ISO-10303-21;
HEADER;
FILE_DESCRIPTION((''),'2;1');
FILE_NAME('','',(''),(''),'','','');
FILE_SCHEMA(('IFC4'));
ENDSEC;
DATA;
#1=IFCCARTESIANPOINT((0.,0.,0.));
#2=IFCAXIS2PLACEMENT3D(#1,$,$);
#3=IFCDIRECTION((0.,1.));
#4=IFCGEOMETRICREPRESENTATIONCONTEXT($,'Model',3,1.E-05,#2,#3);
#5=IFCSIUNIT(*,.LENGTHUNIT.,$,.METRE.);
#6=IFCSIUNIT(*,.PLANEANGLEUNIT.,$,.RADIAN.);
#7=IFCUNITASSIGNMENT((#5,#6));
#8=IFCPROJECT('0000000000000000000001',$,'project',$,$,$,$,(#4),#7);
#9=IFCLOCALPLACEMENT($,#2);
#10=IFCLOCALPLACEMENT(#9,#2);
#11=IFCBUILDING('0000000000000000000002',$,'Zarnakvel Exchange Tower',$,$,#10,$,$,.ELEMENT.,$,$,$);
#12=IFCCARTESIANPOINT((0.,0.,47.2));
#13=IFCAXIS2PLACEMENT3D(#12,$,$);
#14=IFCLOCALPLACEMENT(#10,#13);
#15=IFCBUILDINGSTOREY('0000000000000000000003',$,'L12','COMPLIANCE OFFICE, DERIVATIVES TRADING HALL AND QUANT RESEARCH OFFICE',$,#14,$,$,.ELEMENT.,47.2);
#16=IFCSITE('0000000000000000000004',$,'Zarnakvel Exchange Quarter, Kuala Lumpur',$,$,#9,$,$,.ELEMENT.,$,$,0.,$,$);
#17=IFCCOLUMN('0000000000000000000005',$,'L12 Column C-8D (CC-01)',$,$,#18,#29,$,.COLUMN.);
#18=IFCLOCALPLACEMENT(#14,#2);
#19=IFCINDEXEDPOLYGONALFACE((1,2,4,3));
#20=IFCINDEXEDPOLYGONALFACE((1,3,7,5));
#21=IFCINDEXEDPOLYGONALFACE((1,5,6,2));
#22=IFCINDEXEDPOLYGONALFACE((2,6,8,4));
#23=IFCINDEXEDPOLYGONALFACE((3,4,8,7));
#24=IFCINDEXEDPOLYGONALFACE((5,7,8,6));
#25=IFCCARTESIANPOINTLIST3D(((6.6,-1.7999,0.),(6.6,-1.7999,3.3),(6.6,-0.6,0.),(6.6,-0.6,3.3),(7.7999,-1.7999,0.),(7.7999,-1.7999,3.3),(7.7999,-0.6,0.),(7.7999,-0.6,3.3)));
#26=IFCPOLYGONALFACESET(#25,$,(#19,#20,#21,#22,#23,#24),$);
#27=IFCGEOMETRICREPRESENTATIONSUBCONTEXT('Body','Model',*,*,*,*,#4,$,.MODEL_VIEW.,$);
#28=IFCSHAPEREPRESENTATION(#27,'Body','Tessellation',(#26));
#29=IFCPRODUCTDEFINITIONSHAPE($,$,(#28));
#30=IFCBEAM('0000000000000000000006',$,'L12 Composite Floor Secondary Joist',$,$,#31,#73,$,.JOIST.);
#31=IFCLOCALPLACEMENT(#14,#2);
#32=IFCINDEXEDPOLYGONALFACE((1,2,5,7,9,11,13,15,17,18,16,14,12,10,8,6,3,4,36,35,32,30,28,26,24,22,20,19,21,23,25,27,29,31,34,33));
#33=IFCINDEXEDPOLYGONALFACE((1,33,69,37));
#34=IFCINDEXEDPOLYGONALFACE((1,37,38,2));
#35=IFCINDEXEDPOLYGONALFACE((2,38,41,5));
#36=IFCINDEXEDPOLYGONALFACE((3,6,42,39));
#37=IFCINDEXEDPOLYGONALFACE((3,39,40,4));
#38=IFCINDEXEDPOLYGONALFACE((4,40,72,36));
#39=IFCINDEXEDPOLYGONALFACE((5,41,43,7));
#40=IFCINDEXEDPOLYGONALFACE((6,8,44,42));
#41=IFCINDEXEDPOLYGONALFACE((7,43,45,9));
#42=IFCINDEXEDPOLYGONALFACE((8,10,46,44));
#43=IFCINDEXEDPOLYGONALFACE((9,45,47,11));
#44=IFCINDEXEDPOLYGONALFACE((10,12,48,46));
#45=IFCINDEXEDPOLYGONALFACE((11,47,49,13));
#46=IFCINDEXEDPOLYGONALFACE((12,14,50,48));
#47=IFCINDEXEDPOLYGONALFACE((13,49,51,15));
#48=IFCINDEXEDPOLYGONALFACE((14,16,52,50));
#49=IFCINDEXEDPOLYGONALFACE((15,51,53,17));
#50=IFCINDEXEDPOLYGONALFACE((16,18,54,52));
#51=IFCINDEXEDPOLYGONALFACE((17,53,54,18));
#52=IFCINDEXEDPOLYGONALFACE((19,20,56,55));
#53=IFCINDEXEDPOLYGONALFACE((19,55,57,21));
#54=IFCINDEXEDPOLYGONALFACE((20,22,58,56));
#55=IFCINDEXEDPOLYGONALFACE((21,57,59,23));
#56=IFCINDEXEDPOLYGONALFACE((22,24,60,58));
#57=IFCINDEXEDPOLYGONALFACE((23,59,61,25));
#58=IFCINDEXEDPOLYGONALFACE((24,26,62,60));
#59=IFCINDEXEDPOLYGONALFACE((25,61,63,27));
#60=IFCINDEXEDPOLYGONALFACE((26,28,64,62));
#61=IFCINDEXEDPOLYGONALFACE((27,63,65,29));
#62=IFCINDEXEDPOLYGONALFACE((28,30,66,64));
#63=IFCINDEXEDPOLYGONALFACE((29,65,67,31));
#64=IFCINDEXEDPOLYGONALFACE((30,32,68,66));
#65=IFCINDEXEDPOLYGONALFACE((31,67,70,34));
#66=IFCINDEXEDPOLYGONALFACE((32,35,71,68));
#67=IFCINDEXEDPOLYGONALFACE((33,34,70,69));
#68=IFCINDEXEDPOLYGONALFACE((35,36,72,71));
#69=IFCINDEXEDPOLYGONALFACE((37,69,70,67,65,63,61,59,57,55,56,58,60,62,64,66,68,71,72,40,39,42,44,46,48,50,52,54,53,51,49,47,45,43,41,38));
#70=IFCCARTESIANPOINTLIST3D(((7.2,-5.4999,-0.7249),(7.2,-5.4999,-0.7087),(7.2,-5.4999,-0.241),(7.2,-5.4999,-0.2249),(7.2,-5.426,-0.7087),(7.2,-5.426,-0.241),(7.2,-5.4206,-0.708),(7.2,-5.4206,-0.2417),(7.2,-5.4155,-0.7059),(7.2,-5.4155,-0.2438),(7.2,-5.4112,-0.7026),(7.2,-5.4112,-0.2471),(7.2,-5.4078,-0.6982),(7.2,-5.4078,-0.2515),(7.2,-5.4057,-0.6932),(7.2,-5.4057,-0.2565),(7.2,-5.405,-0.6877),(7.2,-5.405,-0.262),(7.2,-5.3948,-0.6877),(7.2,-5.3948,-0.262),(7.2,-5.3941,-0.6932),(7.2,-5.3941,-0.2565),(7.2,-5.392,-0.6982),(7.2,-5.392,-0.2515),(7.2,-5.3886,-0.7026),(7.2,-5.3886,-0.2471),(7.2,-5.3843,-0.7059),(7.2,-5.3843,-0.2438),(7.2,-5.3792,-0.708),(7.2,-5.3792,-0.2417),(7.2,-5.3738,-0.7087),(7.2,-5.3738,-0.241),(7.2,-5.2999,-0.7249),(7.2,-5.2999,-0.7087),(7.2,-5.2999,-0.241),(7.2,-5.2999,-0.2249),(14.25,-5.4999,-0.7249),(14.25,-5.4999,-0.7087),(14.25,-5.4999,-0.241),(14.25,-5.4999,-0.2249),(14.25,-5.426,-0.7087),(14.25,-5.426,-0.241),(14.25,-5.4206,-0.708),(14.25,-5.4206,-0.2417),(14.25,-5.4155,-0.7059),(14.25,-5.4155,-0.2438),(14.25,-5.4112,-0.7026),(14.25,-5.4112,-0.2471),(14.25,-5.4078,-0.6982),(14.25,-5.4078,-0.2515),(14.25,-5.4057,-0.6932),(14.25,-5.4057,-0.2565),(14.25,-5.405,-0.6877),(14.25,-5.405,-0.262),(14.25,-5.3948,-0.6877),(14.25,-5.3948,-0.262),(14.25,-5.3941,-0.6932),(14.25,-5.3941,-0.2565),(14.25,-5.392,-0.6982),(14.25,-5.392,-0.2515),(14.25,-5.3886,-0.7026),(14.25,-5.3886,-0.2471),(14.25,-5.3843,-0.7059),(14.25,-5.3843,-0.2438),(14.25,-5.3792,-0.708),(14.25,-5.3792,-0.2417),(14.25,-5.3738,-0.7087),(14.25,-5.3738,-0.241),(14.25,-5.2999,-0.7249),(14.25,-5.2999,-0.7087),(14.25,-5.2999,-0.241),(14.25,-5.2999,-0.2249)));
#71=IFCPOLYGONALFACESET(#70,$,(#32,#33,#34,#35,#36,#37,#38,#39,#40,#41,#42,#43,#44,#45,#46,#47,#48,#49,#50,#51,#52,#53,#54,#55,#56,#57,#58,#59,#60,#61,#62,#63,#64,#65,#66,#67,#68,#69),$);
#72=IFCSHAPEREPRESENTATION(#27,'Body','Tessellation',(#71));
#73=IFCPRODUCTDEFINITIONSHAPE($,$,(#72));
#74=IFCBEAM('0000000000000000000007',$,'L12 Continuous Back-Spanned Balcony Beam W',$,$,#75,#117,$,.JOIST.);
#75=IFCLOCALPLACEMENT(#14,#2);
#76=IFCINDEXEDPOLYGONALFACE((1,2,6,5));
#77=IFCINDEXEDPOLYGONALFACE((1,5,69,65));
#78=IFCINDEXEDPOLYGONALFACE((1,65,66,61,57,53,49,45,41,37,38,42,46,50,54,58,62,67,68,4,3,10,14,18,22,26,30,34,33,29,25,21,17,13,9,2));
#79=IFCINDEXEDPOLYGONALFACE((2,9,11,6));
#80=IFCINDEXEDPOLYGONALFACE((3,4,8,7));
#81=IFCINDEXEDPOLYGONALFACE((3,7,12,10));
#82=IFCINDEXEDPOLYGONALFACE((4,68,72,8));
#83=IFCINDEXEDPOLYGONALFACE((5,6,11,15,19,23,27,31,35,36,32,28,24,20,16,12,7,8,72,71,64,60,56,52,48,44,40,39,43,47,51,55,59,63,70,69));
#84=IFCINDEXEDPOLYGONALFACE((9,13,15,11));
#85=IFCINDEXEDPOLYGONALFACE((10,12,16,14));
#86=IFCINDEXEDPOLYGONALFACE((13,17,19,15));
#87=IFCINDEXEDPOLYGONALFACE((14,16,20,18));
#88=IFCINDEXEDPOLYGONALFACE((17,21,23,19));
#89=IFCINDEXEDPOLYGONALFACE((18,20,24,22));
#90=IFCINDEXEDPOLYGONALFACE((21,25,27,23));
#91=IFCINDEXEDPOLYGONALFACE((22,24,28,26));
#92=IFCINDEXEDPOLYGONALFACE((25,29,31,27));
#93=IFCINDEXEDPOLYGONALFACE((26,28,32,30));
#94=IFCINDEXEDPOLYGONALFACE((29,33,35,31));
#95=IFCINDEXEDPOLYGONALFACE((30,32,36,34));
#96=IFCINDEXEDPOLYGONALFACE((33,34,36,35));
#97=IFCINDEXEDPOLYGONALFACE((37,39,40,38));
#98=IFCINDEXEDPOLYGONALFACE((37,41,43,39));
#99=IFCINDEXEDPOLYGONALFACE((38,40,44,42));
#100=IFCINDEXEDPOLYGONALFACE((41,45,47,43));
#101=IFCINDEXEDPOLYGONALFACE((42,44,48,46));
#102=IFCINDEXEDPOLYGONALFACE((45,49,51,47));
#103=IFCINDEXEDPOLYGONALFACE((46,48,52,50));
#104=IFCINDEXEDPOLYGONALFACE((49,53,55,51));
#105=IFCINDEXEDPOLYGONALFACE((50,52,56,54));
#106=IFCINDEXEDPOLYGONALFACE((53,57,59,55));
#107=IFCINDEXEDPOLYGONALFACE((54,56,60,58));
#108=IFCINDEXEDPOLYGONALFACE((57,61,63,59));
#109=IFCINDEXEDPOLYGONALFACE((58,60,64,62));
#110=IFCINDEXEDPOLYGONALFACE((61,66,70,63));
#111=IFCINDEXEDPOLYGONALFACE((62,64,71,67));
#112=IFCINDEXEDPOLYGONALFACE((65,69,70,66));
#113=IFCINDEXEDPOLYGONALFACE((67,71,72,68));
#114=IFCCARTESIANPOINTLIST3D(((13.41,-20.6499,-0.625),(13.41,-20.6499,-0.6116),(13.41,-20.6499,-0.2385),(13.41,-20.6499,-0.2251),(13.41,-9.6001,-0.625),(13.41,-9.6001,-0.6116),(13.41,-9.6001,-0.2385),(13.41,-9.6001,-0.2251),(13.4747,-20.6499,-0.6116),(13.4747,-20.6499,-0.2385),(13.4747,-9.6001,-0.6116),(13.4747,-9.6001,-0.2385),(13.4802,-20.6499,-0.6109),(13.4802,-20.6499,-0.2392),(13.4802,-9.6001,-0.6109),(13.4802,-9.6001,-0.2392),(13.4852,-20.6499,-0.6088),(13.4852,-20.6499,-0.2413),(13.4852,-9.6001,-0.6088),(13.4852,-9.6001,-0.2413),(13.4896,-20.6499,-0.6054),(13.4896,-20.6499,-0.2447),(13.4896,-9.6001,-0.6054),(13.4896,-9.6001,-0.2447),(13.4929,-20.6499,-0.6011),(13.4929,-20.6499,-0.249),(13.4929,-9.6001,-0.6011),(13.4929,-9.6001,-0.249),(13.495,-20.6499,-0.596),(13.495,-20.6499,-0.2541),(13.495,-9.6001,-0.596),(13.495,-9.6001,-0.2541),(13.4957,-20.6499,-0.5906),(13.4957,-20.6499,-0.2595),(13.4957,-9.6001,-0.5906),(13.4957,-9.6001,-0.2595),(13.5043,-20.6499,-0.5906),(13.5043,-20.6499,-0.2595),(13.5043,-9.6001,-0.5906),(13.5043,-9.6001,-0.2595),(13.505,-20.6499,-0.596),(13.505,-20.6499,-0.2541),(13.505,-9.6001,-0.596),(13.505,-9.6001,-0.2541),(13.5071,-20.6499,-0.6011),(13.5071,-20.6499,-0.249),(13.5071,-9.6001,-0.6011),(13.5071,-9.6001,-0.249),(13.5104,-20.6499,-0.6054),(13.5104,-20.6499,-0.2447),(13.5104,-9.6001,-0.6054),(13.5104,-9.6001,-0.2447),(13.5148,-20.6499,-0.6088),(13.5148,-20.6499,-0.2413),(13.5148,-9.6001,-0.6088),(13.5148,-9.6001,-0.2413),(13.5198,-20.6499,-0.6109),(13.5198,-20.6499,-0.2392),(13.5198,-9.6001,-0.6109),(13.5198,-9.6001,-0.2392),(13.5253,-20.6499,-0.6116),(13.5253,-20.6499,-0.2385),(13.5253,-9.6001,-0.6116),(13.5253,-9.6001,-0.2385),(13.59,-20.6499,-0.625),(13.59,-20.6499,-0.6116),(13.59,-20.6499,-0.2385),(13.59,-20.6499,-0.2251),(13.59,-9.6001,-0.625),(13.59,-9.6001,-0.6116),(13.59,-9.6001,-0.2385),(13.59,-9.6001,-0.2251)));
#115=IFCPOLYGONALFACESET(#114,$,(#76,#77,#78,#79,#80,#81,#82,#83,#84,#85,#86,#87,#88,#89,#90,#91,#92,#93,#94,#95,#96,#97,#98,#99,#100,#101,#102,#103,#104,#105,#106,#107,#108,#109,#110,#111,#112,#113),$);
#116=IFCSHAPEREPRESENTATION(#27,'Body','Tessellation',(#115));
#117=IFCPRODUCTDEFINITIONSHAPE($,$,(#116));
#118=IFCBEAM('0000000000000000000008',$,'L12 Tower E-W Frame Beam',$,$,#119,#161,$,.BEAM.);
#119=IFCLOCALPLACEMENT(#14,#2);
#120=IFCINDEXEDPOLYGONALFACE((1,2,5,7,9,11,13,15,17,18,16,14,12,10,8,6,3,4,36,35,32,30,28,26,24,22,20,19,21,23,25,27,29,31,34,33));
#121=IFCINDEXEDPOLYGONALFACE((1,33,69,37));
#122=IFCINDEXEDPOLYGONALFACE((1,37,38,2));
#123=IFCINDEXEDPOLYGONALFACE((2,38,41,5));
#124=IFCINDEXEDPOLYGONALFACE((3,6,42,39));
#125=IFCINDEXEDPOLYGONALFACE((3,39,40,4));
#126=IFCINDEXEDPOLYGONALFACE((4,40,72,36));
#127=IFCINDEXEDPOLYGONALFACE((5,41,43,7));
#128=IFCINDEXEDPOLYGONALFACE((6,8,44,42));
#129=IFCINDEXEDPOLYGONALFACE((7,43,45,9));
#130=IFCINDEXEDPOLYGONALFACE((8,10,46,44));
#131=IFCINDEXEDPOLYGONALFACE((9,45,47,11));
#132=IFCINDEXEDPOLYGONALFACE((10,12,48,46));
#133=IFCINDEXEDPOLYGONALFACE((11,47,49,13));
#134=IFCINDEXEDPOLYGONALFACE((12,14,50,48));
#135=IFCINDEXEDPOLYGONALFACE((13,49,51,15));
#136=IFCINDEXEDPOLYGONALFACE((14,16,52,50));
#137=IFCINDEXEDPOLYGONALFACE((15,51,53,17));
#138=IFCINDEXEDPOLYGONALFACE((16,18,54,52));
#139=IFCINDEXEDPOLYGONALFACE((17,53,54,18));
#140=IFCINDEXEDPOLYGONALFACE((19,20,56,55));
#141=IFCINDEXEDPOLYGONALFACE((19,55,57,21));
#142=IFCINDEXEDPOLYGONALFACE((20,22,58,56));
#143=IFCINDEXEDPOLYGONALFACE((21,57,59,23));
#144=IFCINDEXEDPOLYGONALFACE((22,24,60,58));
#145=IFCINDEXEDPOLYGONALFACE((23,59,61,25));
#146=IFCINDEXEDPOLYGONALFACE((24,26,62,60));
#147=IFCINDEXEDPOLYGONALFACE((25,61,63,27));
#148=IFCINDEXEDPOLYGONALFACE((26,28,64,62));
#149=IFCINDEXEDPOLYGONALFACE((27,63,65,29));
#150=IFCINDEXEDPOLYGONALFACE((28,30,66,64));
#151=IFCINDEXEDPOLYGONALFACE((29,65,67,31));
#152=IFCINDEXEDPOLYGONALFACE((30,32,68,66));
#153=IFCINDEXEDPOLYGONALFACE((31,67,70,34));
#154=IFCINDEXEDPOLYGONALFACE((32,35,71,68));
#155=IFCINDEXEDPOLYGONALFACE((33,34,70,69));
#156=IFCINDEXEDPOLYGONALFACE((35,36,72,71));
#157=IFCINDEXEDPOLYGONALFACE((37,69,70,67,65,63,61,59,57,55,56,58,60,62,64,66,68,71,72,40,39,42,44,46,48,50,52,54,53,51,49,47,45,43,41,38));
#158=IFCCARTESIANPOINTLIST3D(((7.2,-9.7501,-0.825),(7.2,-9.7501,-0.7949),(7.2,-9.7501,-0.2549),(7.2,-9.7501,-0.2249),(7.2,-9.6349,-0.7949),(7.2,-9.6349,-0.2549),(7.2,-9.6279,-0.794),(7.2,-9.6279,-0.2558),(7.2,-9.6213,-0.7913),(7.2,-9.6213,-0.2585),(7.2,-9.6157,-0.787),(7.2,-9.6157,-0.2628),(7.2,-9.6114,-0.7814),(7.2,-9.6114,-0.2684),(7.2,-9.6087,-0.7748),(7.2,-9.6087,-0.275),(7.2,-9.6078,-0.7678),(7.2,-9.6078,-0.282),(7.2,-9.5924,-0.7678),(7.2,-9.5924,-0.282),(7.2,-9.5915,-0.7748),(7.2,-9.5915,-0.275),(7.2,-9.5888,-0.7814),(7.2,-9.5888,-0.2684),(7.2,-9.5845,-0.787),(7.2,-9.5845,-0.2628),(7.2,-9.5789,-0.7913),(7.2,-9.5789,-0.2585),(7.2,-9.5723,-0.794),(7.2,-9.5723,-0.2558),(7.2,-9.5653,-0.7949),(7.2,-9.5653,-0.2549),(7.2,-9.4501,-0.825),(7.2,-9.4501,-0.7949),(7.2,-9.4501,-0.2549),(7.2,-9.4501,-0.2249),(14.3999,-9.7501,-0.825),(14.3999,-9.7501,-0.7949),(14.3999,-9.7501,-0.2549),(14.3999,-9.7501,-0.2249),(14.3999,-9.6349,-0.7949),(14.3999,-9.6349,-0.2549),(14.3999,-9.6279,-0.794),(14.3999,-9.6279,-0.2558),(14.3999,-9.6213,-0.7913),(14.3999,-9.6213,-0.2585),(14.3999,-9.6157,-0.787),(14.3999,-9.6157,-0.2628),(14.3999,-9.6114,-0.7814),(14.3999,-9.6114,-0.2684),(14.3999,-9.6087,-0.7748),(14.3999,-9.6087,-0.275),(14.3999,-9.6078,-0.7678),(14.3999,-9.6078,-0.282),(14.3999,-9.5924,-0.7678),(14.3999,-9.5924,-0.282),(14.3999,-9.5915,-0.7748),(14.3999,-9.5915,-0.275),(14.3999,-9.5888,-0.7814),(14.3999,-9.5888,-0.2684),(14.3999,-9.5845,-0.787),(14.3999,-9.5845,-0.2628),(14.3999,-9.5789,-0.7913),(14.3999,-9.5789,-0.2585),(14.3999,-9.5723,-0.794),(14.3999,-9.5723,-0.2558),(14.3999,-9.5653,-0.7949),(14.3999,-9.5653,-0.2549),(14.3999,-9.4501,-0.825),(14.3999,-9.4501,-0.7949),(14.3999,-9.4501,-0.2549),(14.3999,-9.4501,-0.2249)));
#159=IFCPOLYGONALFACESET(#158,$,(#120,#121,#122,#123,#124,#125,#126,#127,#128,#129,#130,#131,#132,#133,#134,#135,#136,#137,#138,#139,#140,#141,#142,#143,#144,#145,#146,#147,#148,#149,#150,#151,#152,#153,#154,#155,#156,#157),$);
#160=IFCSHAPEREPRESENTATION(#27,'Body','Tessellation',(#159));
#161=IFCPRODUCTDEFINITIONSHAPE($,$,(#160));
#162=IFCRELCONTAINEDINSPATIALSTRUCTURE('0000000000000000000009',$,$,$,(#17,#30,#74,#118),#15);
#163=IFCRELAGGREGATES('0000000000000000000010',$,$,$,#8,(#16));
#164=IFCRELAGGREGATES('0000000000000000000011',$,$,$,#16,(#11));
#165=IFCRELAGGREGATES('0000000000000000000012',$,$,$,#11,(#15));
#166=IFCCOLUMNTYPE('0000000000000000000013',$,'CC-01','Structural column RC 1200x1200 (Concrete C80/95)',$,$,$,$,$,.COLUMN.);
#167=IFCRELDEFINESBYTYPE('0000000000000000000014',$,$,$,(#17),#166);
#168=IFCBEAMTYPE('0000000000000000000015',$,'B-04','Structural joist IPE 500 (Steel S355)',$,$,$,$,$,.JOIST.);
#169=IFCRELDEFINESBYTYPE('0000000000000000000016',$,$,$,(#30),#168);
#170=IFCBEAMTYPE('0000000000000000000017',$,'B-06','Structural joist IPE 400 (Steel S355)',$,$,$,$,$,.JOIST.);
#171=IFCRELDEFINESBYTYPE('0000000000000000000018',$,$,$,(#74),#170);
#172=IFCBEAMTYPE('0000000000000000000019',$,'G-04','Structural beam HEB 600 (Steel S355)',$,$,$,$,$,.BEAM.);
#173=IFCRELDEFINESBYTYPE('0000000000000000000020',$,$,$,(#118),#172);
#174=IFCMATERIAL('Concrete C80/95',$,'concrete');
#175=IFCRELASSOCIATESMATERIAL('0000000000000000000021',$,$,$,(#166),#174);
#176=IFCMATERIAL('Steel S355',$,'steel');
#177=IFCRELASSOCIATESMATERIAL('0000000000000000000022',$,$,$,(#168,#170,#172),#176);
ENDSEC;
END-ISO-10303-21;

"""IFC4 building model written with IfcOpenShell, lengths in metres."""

from ifc_helpers import new_model, si_unit, direction, frame, origin, origin_2d, place, context, subcontext, project, spatial, rectangle, i_section, extrude, material, material_profile, profile_set, type_object, element, save


model = new_model("IFC4")

# Units and contexts
model_context = context("Model", 3, precision=1e-05, world=origin(), true_north=direction((0.0, 1.0)))
body_context = subcontext(model_context, "Body", "Model", "MODEL_VIEW")
ifc_project = project(units=[si_unit("LENGTHUNIT", "METRE"), si_unit("PLANEANGLEUNIT", "RADIAN")], contexts=[model_context])

# Site, building, storey
site_placement = place(None, origin())
site = spatial("IfcSite", under=ifc_project, at=site_placement, Name="Zarnakvel Exchange Quarter, Kuala Lumpur", CompositionType="ELEMENT", RefElevation=0.0)
building_placement = place(site_placement, origin())
building = spatial("IfcBuilding", under=site, at=building_placement, Name="Zarnakvel Exchange Tower", CompositionType="ELEMENT")
storey_placement = place(building_placement, frame((0.0, 0.0, 47.2)))
storey = spatial("IfcBuildingStorey", under=building, at=storey_placement, Name="L12", Description="COMPLIANCE OFFICE, DERIVATIVES TRADING HALL AND QUANT RESEARCH OFFICE", CompositionType="ELEMENT", Elevation=47.2)

# Column
ifc_material_1 = material(Name="Concrete C80/95", Category="concrete")
ifc_material_profile_1 = material_profile(ifc_material_1, rectangle(XDim=1.2, YDim=1.2, at=origin_2d()))
ifc_profile_set_1 = profile_set([ifc_material_profile_1], Name="Concrete C80/95")
column_type = type_object("IfcColumnType", Name="CC-01", Description="Structural column RC 1200x1200 (Concrete C80/95)", PredefinedType="COLUMN", material=ifc_profile_set_1)
column_placement = place(storey_placement, frame((7.2, -1.2, 0.0), z_axis=(0.0, 0.0, 1.0), x_axis=(1.0, 0.0, 0.0)))
element("IfcColumn", 1, at=column_placement, inside=storey, type_object=column_type, Name="L12 Column C-8D (CC-01)", PredefinedType="COLUMN", context=body_context, shape_type="SweptSolid", body=[
    extrude(rectangle(XDim=1.2, YDim=1.2, at=origin_2d()), origin(), (0.0, 0.0, 1.0), 3.3),
])

# Beams
ifc_material_2 = material(Name="Steel S355", Category="steel")
ifc_material_profile_2 = material_profile(ifc_material_2, i_section(OverallWidth=0.2, OverallDepth=0.5, WebThickness=0.0103, FlangeThickness=0.0161, FilletRadius=0.021, at=origin_2d()))
ifc_profile_set_2 = profile_set([ifc_material_profile_2], Name="Steel S355")
beam_type_1 = type_object("IfcBeamType", Name="B-04", Description="Structural joist IPE 500 (Steel S355)", PredefinedType="JOIST", material=ifc_profile_set_2)
beam_1_placement = place(storey_placement, frame((7.2, -5.3999, -0.4749), z_axis=(1.0, 0.0, 0.0), x_axis=(0.0, 1.0, 0.0)))
element("IfcBeam", 2, at=beam_1_placement, inside=storey, type_object=beam_type_1, Name="L12 Composite Floor Secondary Joist", PredefinedType="JOIST", context=body_context, shape_type="SweptSolid", body=[
    extrude(i_section(OverallWidth=0.2, OverallDepth=0.5, WebThickness=0.0103, FlangeThickness=0.0161, FilletRadius=0.021, at=origin_2d()), origin(), (0.0, 0.0, 1.0), 7.05),
])
ifc_material_profile_3 = material_profile(ifc_material_2, i_section(OverallWidth=0.1799, OverallDepth=0.3999, WebThickness=0.0085, FlangeThickness=0.0134, FilletRadius=0.021, at=origin_2d()))
ifc_profile_set_3 = profile_set([ifc_material_profile_3], Name="Steel S355")
beam_type_2 = type_object("IfcBeamType", Name="B-06", Description="Structural joist IPE 400 (Steel S355)", PredefinedType="JOIST", material=ifc_profile_set_3)
beam_2_placement = place(storey_placement, frame((13.5, -9.6001, -0.425), z_axis=(0.0, -1.0, 0.0), x_axis=(1.0, 0.0, 0.0)))
element("IfcBeam", 3, at=beam_2_placement, inside=storey, type_object=beam_type_2, Name="L12 Continuous Back-Spanned Balcony Beam W", PredefinedType="JOIST", context=body_context, shape_type="SweptSolid", body=[
    extrude(i_section(OverallWidth=0.1799, OverallDepth=0.3999, WebThickness=0.0085, FlangeThickness=0.0134, FilletRadius=0.021, at=origin_2d()), origin(), (0.0, 0.0, 1.0), 11.0498),
])
ifc_material_profile_4 = material_profile(ifc_material_2, i_section(OverallWidth=0.3, OverallDepth=0.6001, WebThickness=0.0154, FlangeThickness=0.03, FilletRadius=0.0271, at=origin_2d()))
ifc_profile_set_4 = profile_set([ifc_material_profile_4], Name="Steel S355")
beam_type_3 = type_object("IfcBeamType", Name="G-04", Description="Structural beam HEB 600 (Steel S355)", PredefinedType="BEAM", material=ifc_profile_set_4)
beam_3_placement = place(storey_placement, frame((7.2, -9.6001, -0.5249), z_axis=(1.0, 0.0, 0.0), x_axis=(0.0, 1.0, 0.0)))
element("IfcBeam", 4, at=beam_3_placement, inside=storey, type_object=beam_type_3, Name="L12 Tower E-W Frame Beam", PredefinedType="BEAM", context=body_context, shape_type="SweptSolid", body=[
    extrude(i_section(OverallWidth=0.3, OverallDepth=0.6001, WebThickness=0.0154, FlangeThickness=0.03, FilletRadius=0.0271, at=origin_2d()), origin(), (0.0, 0.0, 1.0), 7.2),
])

save(model, "model.ifc")
